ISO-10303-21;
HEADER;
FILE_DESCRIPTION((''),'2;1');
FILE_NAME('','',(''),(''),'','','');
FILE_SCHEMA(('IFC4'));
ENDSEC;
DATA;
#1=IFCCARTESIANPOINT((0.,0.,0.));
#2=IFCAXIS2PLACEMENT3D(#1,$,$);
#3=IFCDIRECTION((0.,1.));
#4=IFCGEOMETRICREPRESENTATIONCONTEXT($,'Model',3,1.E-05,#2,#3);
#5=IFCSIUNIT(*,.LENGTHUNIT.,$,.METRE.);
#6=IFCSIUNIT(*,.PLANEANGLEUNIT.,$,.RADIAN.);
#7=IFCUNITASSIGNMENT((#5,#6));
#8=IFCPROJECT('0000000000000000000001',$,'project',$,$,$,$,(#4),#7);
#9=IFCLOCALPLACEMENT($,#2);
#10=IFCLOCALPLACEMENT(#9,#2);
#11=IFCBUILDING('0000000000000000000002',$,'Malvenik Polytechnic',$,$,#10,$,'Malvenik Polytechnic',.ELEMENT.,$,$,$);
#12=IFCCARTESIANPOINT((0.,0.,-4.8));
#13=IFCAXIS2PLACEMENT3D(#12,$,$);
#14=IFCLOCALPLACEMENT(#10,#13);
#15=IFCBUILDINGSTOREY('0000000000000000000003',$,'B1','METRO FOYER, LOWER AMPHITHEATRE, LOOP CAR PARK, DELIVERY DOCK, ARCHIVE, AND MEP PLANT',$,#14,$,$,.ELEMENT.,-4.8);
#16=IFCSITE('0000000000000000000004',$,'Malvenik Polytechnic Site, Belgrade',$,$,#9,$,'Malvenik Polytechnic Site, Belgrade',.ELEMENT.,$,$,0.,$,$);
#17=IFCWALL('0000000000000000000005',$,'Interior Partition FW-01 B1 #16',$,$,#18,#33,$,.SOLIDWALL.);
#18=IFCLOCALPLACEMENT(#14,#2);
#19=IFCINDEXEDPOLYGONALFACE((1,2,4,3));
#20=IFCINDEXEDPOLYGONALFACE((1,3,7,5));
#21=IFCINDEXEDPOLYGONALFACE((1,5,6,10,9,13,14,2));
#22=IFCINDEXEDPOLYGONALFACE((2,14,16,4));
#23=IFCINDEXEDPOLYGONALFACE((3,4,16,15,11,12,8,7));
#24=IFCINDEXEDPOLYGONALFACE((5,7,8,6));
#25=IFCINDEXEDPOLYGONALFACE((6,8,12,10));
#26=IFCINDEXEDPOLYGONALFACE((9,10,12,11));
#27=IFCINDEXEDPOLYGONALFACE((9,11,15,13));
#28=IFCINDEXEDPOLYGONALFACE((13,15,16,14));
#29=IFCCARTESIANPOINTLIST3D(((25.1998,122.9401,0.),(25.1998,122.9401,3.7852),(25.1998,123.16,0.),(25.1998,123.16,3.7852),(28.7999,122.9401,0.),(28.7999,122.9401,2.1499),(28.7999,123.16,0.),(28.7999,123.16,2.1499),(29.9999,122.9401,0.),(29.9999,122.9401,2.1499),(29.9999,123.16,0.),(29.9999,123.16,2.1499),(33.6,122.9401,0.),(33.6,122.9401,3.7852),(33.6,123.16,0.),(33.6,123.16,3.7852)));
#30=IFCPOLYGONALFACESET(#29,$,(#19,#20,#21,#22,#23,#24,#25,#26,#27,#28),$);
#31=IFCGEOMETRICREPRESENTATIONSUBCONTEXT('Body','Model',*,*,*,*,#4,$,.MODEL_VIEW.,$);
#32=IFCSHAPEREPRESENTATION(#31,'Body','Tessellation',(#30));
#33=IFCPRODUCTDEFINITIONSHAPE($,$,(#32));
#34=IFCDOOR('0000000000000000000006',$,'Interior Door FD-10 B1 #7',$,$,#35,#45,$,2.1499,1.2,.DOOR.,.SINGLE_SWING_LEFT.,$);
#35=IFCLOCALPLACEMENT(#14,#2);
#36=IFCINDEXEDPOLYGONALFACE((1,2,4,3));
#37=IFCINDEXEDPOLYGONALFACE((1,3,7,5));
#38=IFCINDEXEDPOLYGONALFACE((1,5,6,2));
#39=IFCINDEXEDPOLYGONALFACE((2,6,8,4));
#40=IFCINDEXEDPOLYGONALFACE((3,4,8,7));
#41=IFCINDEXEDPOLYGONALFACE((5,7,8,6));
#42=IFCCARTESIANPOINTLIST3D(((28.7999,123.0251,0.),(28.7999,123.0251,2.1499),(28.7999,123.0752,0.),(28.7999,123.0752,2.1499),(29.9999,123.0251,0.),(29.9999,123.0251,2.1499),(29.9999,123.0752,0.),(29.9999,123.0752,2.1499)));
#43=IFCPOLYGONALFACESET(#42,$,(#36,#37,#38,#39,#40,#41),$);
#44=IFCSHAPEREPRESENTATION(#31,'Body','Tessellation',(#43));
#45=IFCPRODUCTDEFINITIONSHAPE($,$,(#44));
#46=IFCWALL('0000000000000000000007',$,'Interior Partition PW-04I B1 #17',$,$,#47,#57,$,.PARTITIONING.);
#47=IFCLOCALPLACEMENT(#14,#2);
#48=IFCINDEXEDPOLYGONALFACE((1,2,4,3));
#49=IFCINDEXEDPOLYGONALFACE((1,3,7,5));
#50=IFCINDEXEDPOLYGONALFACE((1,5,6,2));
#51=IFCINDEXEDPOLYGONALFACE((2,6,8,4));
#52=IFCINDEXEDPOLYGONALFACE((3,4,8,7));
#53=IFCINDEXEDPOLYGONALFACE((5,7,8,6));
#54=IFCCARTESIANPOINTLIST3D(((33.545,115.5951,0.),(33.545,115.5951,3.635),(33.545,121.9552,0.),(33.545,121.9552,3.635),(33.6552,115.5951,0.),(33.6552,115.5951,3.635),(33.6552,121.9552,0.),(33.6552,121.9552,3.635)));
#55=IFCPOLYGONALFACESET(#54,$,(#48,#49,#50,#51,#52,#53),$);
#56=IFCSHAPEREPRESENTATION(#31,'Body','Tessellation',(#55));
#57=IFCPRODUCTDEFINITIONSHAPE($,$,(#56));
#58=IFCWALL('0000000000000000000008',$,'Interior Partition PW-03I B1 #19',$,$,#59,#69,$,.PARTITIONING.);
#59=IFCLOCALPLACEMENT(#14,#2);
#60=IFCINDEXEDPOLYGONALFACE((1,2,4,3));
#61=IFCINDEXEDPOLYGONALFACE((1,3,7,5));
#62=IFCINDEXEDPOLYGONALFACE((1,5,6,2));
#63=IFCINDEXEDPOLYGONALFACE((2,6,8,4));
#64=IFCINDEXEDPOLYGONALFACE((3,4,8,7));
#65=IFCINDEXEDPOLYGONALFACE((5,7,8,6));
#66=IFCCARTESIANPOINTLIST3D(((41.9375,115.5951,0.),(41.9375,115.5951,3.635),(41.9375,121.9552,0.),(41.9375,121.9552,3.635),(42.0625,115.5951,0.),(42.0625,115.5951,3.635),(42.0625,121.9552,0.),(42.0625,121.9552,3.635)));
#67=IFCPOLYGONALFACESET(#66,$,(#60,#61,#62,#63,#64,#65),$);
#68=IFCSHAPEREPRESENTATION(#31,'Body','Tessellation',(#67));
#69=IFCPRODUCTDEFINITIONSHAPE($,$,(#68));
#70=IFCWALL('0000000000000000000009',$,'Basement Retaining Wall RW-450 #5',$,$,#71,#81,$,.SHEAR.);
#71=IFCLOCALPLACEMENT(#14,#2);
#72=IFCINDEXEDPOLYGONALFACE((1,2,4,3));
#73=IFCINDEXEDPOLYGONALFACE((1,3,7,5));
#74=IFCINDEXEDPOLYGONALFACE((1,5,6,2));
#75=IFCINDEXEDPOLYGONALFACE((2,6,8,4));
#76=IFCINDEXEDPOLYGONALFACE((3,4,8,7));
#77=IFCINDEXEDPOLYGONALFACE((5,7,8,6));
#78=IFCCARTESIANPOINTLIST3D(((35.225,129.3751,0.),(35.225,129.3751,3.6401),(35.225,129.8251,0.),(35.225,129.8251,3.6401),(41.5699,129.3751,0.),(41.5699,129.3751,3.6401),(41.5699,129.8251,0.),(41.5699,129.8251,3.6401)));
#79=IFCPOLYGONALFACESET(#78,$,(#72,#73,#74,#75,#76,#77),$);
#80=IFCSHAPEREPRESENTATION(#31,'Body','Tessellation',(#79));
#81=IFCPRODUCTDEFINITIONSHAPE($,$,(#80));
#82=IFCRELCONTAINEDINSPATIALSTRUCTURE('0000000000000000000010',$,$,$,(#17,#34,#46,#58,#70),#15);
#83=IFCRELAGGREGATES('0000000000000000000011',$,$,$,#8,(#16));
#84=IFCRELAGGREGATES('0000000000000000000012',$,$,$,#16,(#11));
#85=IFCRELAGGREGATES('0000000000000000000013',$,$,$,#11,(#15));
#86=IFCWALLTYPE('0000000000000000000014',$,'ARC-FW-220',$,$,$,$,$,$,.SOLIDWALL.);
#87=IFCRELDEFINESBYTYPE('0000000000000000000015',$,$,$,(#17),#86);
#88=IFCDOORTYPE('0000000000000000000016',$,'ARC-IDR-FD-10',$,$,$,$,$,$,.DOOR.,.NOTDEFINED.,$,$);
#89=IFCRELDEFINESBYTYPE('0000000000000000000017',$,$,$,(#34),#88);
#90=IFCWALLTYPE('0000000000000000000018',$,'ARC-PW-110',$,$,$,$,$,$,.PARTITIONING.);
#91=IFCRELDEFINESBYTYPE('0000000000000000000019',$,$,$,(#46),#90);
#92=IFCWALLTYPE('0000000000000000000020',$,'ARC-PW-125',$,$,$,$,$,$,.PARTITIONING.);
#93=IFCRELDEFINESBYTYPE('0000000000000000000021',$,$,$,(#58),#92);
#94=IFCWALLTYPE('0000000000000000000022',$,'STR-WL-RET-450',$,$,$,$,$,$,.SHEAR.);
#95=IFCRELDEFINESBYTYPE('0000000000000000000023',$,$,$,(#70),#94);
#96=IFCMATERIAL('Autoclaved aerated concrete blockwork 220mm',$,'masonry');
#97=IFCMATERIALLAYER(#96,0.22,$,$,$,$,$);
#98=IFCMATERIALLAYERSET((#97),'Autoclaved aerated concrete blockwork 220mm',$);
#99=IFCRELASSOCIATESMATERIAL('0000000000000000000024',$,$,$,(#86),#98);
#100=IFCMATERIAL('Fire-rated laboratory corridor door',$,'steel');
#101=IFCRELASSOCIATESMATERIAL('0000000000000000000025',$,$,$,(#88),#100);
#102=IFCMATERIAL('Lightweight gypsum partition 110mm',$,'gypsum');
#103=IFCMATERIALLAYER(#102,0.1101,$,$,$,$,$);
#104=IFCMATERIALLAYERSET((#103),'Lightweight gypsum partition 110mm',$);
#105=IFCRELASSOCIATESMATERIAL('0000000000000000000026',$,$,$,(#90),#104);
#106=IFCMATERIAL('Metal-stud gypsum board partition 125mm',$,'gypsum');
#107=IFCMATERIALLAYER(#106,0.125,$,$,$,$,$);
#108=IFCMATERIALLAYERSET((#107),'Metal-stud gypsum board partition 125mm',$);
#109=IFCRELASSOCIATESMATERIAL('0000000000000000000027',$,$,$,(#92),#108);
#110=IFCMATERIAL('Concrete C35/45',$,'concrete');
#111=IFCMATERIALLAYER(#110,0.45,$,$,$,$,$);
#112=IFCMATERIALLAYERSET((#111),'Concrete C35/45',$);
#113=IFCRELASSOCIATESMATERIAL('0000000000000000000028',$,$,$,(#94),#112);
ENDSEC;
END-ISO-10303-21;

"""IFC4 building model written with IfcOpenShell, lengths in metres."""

from ifc_helpers import new_model, si_unit, direction, frame, frame_2d, origin, place, context, subcontext, project, spatial, rectangle, extrude, material, layer, layer_set, type_object, element, fill, save


model = new_model("IFC4")

# Units and contexts
model_context = context("Model", 3, precision=1e-05, world=origin(), true_north=direction((0.0, 1.0)))
body_context = subcontext(model_context, "Body", "Model", "MODEL_VIEW")
ifc_project = project(units=[si_unit("LENGTHUNIT", "METRE"), si_unit("PLANEANGLEUNIT", "RADIAN")], contexts=[model_context])

# Site, building, storey
site_placement = place(None, origin())
site = spatial("IfcSite", under=ifc_project, at=site_placement, Name="Malvenik Polytechnic Site, Belgrade", LongName="Malvenik Polytechnic Site, Belgrade", CompositionType="ELEMENT", RefElevation=0.0)
building_placement = place(site_placement, origin())
building = spatial("IfcBuilding", under=site, at=building_placement, Name="Malvenik Polytechnic", LongName="Malvenik Polytechnic", CompositionType="ELEMENT")
storey_placement = place(building_placement, frame((0.0, 0.0, -4.8)))
storey = spatial("IfcBuildingStorey", under=building, at=storey_placement, Name="B1", Description="METRO FOYER, LOWER AMPHITHEATRE, LOOP CAR PARK, DELIVERY DOCK, ARCHIVE, AND MEP PLANT", CompositionType="ELEMENT", Elevation=-4.8)

# Shared definitions
ifc_material_1 = material(Name="Concrete C35/45", Category="concrete")

# Wall, opening, door
ifc_material_2 = material(Name="Autoclaved aerated concrete blockwork 220mm", Category="masonry")
ifc_layer_1 = layer(ifc_material_2, 0.22)
ifc_layer_set_1 = layer_set([ifc_layer_1], Name="Autoclaved aerated concrete blockwork 220mm")
wall_type_1 = type_object("IfcWallType", Name="ARC-FW-220", PredefinedType="SOLIDWALL", material=ifc_layer_set_1)
wall_1_placement = place(storey_placement, frame((33.6001, 123.05, 0.0), z_axis=(0.0, 0.0, 1.0), x_axis=(-1.0, 0.0, 0.0)))
wall_1 = element("IfcWall", 1, at=wall_1_placement, inside=storey, type_object=wall_type_1, Name="Interior Partition FW-01 B1 #16", PredefinedType="SOLIDWALL", context=body_context, shape_type="SweptSolid", body=[
    extrude(rectangle(XDim=8.4001, YDim=0.22, at=frame_2d((4.2002, 0.0))), origin(), (0.0, 0.0, 1.0), 3.7852),
])
opening_placement = place(wall_1_placement, frame((3.6001, 0.0, 0.0)))
opening = element("IfcOpeningElement", 2, at=opening_placement, cuts=wall_1, PredefinedType="OPENING", context=body_context, shape_type="SweptSolid", body=[
    extrude(rectangle(XDim=1.2, YDim=2.1499, at=frame_2d((0.6001, 1.075))), frame((0.0, 0.1201, 0.0), z_axis=(0.0, -1.0, 0.0), x_axis=(1.0, 0.0, 0.0)), (0.0, 0.0, 1.0), 0.24),
])
ifc_material_3 = material(Name="Fire-rated laboratory corridor door", Category="steel")
door_type = type_object("IfcDoorType", Name="ARC-IDR-FD-10", OperationType="NOTDEFINED", PredefinedType="DOOR", material=ifc_material_3)
door_placement = place(opening_placement, origin())
door = element("IfcDoor", 3, at=door_placement, inside=storey, type_object=door_type, Name="Interior Door FD-10 B1 #7", OperationType="SINGLE_SWING_LEFT", OverallHeight=2.1499, OverallWidth=1.2, PredefinedType="DOOR", context=body_context, shape_type="SweptSolid", body=[
    extrude(rectangle(XDim=1.2, YDim=2.1499, at=frame_2d((0.6001, 1.075))), frame((0.0, 0.0249, 0.0), z_axis=(0.0, -1.0, 0.0), x_axis=(1.0, 0.0, 0.0)), (0.0, 0.0, 1.0), 0.05),
])
fill(opening, door)

# Walls
ifc_material_4 = material(Name="Lightweight gypsum partition 110mm", Category="gypsum")
ifc_layer_2 = layer(ifc_material_4, 0.1101)
ifc_layer_set_2 = layer_set([ifc_layer_2], Name="Lightweight gypsum partition 110mm")
wall_type_2 = type_object("IfcWallType", Name="ARC-PW-110", PredefinedType="PARTITIONING", material=ifc_layer_set_2)
wall_2_placement = place(storey_placement, frame((33.6001, 115.595, 0.0), z_axis=(0.0, 0.0, 1.0), x_axis=(0.0, 1.0, 0.0)))
element("IfcWall", 4, at=wall_2_placement, inside=storey, type_object=wall_type_2, Name="Interior Partition PW-04I B1 #17", PredefinedType="PARTITIONING", context=body_context, shape_type="SweptSolid", body=[
    extrude(rectangle(XDim=6.3601, YDim=0.1101, at=frame_2d((3.1802, 0.0))), origin(), (0.0, 0.0, 1.0), 3.635),
])
ifc_material_5 = material(Name="Metal-stud gypsum board partition 125mm", Category="gypsum")
ifc_layer_3 = layer(ifc_material_5, 0.125)
ifc_layer_set_3 = layer_set([ifc_layer_3], Name="Metal-stud gypsum board partition 125mm")
wall_type_3 = type_object("IfcWallType", Name="ARC-PW-125", PredefinedType="PARTITIONING", material=ifc_layer_set_3)
wall_3_placement = place(storey_placement, frame((42.0, 115.595, 0.0), z_axis=(0.0, 0.0, 1.0), x_axis=(0.0, 1.0, 0.0)))
element("IfcWall", 5, at=wall_3_placement, inside=storey, type_object=wall_type_3, Name="Interior Partition PW-03I B1 #19", PredefinedType="PARTITIONING", context=body_context, shape_type="SweptSolid", body=[
    extrude(rectangle(XDim=6.3601, YDim=0.125, at=frame_2d((3.1802, 0.0))), origin(), (0.0, 0.0, 1.0), 3.635),
])
ifc_layer_4 = layer(ifc_material_1, 0.45)
ifc_layer_set_4 = layer_set([ifc_layer_4], Name="Concrete C35/45")
wall_type_4 = type_object("IfcWallType", Name="STR-WL-RET-450", PredefinedType="SHEAR", material=ifc_layer_set_4)
wall_4_placement = place(storey_placement, frame((35.2251, 129.6001, 0.0), z_axis=(0.0, 0.0, 1.0), x_axis=(1.0, 0.0, 0.0)))
element("IfcWall", 6, at=wall_4_placement, inside=storey, type_object=wall_type_4, Name="Basement Retaining Wall RW-450 #5", PredefinedType="SHEAR", context=body_context, shape_type="SweptSolid", body=[
    extrude(rectangle(XDim=6.345, YDim=0.45, at=frame_2d((3.1724, 0.0))), origin(), (0.0, 0.0, 1.0), 3.6401),
])

save(model, "model.ifc")
